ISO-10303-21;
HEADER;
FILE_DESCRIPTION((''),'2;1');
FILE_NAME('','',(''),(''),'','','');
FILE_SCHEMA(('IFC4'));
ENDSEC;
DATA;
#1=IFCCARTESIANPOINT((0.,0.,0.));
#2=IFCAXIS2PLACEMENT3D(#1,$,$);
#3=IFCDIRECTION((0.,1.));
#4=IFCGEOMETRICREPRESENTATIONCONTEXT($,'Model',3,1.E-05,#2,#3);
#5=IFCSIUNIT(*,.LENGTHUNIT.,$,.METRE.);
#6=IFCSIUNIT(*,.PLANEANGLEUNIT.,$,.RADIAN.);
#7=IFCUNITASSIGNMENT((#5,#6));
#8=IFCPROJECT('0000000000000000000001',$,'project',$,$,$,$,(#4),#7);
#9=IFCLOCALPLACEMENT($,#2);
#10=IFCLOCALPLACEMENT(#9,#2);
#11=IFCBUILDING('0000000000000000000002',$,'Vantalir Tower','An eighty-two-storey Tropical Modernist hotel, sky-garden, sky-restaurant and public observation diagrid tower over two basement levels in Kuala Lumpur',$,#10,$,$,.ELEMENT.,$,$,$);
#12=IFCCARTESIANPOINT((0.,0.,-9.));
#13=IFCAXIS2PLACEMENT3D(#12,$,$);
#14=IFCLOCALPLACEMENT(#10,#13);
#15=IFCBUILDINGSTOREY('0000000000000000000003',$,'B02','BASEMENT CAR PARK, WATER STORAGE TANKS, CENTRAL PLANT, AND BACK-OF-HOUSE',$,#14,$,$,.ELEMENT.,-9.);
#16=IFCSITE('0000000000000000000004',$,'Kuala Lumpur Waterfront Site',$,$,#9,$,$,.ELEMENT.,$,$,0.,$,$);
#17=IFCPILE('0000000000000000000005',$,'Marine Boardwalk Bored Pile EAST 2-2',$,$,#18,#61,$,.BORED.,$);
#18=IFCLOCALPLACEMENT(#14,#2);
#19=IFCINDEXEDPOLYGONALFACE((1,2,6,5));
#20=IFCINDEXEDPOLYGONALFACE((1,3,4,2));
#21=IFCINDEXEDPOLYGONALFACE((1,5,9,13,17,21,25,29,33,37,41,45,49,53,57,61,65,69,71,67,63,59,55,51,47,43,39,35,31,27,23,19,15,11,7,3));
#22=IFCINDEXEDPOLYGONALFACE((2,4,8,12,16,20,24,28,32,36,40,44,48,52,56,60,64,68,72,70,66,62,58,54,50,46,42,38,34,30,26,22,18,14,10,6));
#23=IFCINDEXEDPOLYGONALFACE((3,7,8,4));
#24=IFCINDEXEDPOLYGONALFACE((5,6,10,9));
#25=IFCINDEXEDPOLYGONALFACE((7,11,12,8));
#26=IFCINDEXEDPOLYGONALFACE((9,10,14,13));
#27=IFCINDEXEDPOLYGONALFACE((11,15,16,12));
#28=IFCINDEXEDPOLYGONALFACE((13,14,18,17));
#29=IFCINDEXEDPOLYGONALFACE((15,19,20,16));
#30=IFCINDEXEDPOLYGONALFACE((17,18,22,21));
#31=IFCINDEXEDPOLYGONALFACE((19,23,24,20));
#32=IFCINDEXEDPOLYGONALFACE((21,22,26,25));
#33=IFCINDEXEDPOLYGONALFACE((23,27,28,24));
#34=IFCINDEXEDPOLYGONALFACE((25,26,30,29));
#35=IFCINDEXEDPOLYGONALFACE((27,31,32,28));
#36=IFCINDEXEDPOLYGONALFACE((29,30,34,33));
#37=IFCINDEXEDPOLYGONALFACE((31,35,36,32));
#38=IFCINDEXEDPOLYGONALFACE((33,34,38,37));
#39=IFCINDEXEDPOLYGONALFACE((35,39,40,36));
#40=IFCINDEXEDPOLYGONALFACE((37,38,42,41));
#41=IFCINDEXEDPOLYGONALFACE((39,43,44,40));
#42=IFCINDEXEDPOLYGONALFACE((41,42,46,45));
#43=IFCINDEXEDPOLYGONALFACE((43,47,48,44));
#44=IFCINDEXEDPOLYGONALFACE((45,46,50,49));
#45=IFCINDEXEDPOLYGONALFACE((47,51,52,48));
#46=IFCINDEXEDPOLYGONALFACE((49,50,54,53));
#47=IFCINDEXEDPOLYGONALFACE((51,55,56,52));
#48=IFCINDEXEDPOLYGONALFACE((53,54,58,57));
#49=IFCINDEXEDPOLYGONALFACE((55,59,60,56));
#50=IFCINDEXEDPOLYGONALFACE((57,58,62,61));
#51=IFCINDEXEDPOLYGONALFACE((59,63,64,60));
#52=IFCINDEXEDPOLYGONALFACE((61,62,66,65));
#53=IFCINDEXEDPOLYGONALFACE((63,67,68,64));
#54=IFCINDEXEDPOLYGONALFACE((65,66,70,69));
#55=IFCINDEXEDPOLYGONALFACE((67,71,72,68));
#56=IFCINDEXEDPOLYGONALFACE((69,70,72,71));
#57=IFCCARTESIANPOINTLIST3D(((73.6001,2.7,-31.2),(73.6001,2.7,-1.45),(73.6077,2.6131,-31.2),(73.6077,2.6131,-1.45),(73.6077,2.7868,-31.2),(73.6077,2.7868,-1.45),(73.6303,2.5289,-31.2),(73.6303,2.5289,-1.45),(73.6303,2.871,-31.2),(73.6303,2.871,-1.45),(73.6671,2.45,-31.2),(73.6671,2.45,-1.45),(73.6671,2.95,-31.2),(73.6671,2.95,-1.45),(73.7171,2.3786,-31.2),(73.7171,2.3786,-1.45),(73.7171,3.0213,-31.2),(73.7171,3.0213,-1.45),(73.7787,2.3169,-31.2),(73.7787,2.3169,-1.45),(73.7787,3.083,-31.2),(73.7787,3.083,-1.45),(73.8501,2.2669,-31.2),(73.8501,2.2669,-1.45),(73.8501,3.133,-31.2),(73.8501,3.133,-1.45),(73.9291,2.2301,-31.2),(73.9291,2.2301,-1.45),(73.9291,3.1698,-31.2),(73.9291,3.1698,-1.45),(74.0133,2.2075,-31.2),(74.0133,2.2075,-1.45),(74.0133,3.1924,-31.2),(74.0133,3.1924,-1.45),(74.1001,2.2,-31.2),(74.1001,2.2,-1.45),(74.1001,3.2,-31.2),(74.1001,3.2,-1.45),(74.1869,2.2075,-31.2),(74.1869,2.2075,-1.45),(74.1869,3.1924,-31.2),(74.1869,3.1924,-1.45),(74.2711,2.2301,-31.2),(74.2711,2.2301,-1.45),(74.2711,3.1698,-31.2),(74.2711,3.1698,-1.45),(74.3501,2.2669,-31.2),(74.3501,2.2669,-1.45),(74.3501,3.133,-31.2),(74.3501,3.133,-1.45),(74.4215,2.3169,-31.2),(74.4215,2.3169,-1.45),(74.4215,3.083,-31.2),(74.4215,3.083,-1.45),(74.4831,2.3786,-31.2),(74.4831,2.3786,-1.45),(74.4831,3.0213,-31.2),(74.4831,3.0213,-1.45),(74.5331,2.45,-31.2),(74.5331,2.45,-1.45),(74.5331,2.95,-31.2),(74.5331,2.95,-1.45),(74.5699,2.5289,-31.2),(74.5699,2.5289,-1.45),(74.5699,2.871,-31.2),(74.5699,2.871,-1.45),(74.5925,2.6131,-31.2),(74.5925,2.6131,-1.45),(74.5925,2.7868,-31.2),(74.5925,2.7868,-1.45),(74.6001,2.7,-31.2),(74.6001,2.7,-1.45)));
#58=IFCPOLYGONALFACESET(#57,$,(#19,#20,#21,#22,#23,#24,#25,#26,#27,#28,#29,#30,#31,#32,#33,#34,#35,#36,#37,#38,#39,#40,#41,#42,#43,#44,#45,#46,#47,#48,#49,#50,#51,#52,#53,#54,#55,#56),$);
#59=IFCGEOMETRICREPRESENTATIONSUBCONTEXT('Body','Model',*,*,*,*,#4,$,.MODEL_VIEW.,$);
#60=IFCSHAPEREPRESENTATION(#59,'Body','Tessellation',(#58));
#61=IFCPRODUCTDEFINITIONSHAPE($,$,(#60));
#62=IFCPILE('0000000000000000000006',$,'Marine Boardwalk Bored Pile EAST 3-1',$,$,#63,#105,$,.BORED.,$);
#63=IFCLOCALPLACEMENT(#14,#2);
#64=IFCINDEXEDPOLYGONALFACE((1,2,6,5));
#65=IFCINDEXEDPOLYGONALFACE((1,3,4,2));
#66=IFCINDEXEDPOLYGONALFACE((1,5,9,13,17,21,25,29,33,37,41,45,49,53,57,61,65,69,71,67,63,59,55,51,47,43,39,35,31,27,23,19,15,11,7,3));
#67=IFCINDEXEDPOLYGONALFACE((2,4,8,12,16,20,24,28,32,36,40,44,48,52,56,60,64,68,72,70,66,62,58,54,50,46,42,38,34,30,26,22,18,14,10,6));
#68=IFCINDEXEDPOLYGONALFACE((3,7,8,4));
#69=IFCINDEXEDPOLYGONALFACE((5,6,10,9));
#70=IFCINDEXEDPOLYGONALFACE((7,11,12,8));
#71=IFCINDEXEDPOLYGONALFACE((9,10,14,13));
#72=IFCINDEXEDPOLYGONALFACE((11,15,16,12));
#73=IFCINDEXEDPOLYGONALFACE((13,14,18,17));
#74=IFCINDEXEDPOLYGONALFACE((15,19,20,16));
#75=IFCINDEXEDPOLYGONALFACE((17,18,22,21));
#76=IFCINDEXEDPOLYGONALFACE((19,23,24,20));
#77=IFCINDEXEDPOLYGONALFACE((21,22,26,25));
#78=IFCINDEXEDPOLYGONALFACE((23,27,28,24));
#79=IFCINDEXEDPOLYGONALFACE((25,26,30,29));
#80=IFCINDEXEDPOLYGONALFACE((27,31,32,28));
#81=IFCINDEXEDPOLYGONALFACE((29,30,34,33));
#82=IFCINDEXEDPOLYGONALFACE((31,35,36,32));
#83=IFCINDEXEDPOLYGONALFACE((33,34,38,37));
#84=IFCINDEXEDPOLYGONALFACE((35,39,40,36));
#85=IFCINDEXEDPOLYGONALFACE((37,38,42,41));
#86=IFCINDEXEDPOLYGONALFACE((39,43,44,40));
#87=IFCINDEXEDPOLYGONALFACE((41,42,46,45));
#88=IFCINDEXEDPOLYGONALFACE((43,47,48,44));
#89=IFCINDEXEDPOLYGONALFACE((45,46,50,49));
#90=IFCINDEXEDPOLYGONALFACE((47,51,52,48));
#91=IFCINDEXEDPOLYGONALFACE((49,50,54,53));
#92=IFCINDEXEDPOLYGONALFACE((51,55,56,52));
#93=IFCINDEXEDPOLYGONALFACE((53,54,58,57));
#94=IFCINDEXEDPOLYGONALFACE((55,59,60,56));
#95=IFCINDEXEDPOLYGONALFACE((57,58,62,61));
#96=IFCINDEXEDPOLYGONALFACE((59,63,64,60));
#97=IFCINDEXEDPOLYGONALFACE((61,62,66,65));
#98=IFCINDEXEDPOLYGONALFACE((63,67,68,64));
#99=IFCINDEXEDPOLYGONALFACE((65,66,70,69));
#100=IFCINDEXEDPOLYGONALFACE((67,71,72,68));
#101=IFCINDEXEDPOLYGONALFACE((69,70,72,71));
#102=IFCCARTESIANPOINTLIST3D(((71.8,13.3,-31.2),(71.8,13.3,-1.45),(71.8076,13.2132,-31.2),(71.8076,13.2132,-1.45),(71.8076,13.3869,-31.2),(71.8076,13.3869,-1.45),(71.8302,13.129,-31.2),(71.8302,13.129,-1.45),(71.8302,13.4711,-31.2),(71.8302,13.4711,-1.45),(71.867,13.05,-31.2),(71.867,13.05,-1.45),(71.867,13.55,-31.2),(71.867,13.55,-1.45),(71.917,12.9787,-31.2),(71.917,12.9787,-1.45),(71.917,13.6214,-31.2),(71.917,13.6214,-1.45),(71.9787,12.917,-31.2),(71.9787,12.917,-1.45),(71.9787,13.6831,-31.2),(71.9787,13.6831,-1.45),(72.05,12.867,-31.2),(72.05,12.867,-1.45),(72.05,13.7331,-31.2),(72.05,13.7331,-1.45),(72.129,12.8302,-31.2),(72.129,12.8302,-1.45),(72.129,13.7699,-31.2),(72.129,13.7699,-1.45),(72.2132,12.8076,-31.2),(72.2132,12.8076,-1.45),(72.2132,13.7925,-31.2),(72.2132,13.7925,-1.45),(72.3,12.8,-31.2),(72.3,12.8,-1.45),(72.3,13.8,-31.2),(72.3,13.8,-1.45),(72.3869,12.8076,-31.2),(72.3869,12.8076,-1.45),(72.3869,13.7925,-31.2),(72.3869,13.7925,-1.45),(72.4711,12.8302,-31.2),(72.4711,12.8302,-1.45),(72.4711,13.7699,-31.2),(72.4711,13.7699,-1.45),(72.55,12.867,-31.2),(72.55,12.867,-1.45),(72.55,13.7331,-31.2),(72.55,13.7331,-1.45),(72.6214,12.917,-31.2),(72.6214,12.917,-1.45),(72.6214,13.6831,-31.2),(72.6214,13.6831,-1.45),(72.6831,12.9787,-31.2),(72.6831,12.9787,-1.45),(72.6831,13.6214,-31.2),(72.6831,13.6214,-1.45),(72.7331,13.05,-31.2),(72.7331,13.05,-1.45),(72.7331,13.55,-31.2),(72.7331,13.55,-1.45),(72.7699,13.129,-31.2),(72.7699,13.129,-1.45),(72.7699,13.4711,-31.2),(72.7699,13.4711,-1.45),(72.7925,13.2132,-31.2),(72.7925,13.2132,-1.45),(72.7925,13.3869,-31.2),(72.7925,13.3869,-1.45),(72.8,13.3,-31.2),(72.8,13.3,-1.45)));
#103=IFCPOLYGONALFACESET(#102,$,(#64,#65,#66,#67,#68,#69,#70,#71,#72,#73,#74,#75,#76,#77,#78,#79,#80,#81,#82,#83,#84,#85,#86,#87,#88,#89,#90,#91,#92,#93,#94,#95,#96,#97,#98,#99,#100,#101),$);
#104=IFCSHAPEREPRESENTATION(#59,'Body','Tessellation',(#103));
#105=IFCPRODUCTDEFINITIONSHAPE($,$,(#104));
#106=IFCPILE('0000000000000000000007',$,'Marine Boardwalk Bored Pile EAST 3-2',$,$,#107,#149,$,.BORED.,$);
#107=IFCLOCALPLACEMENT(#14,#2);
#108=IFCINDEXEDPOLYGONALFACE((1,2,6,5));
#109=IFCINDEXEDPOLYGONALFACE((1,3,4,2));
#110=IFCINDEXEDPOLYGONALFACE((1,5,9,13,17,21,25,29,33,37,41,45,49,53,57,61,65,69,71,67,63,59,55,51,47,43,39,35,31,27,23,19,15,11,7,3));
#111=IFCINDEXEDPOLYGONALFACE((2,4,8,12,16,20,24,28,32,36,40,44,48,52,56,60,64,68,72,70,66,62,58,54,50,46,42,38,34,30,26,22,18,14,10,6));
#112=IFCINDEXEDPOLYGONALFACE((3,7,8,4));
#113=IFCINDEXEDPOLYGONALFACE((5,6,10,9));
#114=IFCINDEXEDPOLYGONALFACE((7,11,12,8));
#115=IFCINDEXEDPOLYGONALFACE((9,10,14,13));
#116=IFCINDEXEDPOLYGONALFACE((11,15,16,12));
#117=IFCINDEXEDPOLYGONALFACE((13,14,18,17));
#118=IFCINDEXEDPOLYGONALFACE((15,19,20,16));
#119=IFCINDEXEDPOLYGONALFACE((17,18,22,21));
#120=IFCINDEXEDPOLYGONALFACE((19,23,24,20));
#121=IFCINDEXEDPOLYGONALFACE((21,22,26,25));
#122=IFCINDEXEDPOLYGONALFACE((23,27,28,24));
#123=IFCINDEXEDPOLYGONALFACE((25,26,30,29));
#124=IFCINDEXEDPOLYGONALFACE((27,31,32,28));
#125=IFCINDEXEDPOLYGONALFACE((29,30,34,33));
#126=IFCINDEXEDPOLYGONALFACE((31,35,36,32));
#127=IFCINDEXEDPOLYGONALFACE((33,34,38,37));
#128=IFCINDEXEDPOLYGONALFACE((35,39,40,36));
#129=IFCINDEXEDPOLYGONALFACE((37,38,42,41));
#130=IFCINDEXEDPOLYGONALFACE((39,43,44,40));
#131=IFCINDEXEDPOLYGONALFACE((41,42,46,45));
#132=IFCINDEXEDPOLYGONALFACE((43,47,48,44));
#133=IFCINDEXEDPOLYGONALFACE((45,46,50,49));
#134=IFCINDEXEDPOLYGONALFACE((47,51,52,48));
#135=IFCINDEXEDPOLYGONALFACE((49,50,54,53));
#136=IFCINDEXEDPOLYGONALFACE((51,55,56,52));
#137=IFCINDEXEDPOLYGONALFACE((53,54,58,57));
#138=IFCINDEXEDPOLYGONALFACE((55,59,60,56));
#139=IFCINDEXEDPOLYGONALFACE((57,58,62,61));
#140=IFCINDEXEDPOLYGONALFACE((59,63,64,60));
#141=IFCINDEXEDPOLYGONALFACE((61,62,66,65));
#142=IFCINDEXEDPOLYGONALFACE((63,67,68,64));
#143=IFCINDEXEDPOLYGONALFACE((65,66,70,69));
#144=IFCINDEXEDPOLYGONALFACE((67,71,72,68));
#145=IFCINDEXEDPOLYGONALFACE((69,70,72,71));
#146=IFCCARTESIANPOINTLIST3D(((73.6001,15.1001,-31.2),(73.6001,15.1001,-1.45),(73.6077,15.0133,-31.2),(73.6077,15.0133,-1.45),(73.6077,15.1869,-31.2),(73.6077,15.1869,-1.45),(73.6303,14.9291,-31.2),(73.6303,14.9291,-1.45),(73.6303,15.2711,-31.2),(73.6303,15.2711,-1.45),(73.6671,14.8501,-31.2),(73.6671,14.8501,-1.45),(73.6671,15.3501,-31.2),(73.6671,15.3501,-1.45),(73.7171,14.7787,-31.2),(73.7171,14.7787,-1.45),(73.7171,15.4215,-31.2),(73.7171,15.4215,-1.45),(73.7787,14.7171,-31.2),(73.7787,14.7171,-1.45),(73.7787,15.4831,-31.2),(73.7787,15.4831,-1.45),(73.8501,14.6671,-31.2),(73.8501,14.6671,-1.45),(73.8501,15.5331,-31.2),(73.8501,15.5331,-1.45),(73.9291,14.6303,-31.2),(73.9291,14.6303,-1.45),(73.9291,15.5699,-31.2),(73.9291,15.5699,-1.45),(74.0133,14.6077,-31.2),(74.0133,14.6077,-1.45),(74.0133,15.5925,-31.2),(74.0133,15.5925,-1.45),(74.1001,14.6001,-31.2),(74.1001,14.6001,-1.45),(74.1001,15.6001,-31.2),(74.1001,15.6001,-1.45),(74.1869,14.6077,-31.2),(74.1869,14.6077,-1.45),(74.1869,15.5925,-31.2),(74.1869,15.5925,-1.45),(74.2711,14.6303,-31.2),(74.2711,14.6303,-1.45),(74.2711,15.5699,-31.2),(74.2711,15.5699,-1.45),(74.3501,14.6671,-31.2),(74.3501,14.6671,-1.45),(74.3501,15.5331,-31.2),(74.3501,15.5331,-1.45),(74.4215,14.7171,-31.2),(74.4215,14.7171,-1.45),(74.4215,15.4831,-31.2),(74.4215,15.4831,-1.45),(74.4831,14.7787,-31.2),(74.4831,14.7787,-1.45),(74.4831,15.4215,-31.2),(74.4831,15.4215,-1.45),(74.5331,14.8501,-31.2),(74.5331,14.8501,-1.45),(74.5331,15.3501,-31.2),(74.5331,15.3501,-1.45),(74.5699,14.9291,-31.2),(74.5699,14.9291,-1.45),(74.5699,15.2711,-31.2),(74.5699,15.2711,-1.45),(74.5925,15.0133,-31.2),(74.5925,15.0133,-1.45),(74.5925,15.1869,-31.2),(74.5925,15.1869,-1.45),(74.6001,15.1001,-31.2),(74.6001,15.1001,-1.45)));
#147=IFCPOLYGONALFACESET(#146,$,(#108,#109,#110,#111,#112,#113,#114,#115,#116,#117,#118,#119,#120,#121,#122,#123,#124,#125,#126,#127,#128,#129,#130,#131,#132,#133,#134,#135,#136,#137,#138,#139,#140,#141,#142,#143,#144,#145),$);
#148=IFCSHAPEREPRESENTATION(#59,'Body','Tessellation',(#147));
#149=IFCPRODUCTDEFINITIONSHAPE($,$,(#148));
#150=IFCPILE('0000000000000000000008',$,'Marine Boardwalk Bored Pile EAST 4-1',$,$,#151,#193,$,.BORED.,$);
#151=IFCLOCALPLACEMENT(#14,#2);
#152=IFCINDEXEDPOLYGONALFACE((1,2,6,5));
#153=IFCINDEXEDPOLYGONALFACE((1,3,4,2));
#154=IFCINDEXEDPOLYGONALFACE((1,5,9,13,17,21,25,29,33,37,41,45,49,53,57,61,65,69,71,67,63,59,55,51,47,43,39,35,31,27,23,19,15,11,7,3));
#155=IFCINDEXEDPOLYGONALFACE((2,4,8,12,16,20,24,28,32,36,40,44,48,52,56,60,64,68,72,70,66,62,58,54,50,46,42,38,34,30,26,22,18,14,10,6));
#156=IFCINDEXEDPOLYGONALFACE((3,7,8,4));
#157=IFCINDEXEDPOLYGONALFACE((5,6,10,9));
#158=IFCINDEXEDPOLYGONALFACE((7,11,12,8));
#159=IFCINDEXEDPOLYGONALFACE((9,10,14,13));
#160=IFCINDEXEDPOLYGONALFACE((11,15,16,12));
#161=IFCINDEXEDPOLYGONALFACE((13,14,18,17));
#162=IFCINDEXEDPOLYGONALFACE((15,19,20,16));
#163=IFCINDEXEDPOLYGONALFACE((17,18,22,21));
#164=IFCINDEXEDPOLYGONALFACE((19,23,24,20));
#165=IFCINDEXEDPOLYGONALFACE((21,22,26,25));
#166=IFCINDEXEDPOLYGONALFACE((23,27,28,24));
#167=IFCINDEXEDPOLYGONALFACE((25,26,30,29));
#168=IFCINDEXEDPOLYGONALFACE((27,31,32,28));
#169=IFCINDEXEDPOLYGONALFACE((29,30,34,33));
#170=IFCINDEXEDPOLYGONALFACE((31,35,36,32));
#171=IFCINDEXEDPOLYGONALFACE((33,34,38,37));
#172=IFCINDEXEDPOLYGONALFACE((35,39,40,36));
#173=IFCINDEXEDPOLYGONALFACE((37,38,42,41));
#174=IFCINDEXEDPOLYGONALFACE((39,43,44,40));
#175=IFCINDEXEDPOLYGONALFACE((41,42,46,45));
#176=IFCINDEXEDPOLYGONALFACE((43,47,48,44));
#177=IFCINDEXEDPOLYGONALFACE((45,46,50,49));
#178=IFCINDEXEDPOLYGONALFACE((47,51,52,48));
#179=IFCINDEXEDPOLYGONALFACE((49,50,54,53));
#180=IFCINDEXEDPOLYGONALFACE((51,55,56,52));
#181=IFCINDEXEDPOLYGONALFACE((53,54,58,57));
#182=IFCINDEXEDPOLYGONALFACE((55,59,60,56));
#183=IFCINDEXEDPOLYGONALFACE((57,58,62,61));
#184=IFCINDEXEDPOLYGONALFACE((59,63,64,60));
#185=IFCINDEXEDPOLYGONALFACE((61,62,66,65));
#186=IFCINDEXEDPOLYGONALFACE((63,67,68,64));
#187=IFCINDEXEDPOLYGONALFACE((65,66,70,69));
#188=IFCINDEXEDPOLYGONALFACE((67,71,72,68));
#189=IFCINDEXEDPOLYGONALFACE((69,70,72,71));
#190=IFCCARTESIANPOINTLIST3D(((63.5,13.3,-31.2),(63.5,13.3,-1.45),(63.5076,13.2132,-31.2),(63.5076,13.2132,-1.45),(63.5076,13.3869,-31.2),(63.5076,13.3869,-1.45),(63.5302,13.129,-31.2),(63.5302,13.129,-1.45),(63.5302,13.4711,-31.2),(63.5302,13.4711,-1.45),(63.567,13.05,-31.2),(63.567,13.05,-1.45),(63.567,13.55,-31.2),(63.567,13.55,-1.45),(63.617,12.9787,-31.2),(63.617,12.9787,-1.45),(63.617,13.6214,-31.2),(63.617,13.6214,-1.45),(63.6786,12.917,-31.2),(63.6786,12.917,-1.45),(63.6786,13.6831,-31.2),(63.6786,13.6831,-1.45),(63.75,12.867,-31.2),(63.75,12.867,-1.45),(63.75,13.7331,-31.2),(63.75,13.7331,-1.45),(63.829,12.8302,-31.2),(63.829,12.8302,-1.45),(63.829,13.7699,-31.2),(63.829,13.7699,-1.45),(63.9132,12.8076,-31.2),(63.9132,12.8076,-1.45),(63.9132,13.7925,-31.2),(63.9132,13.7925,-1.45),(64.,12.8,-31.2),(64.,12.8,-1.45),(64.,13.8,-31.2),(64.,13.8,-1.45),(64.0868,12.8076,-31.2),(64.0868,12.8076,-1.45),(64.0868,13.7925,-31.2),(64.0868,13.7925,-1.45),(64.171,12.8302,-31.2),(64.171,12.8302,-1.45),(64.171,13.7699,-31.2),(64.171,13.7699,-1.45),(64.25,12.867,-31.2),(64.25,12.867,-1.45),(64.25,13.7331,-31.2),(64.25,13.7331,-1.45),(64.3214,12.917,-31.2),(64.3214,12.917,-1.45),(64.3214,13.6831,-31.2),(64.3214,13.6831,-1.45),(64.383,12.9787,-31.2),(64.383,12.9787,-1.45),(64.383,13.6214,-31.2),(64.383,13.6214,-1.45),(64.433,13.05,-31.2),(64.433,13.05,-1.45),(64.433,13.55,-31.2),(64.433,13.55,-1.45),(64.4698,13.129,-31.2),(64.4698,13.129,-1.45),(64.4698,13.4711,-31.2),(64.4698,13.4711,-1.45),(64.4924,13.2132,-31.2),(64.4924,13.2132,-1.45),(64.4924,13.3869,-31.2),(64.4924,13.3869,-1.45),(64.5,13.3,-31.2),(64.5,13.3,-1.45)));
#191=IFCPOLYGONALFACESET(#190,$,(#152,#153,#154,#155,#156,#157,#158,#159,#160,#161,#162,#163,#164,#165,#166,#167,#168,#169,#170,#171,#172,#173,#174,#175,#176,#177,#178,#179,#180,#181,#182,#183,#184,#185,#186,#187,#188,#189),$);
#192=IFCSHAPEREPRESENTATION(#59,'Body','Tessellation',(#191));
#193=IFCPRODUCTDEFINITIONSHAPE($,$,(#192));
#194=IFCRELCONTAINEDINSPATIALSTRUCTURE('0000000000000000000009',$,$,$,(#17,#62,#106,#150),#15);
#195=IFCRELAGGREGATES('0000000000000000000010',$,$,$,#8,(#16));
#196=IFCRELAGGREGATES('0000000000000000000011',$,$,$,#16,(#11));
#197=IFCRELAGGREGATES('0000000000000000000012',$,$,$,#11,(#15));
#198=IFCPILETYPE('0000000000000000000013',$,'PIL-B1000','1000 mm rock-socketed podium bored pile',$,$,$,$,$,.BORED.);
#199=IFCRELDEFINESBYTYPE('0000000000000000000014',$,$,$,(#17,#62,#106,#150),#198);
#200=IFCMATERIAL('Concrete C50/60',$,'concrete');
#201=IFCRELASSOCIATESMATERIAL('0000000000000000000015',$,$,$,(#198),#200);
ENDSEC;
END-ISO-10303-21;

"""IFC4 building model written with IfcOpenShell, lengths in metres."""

from ifc_helpers import new_model, si_unit, direction, frame, origin, origin_2d, place, context, subcontext, project, spatial, circle, extrude, material, material_profile, profile_set, type_object, element, save


model = new_model("IFC4")

# Units and contexts
model_context = context("Model", 3, precision=1e-05, world=origin(), true_north=direction((0.0, 1.0)))
body_context = subcontext(model_context, "Body", "Model", "MODEL_VIEW")
ifc_project = project(units=[si_unit("LENGTHUNIT", "METRE"), si_unit("PLANEANGLEUNIT", "RADIAN")], contexts=[model_context])

# Site, building, storey
site_placement = place(None, origin())
site = spatial("IfcSite", under=ifc_project, at=site_placement, Name="Kuala Lumpur Waterfront Site", CompositionType="ELEMENT", RefElevation=0.0)
building_placement = place(site_placement, origin())
building = spatial("IfcBuilding", under=site, at=building_placement, Name="Vantalir Tower", Description="An eighty-two-storey Tropical Modernist hotel, sky-garden, sky-restaurant and public observation diagrid tower over two basement levels in Kuala Lumpur", CompositionType="ELEMENT")
storey_placement = place(building_placement, frame((0.0, 0.0, -9.0)))
storey = spatial("IfcBuildingStorey", under=building, at=storey_placement, Name="B02", Description="BASEMENT CAR PARK, WATER STORAGE TANKS, CENTRAL PLANT, AND BACK-OF-HOUSE", CompositionType="ELEMENT", Elevation=-9.0)

# Shared definitions
ifc_material_1 = material(Name="Concrete C50/60", Category="concrete")

# Piles
ifc_material_profile_1 = material_profile(ifc_material_1, circle(Radius=0.5, at=origin_2d()), Name="Concrete C50/60")
ifc_profile_set_1 = profile_set([ifc_material_profile_1], Name="Concrete C50/60")
pile_type = type_object("IfcPileType", Name="PIL-B1000", Description="1000 mm rock-socketed podium bored pile", PredefinedType="BORED", material=ifc_profile_set_1)
for number, where, z_axis, x_axis, name in (
    (1, (74.1001, 2.7, -1.45), (0.0, 0.0, -1.0), (1.0, 0.0, 0.0), "Marine Boardwalk Bored Pile EAST 2-2"),
    (2, (72.3, 13.3, -1.45), (0.0, 0.0, -1.0), (1.0, 0.0, 0.0), "Marine Boardwalk Bored Pile EAST 3-1"),
    (3, (74.1001, 15.1001, -1.45), (0.0, 0.0, -1.0), (1.0, 0.0, 0.0), "Marine Boardwalk Bored Pile EAST 3-2"),
    (4, (64.0, 13.3, -1.45), (0.0, 0.0, -1.0), (1.0, 0.0, 0.0), "Marine Boardwalk Bored Pile EAST 4-1"),
):
    element("IfcPile", number, at=place(storey_placement, frame(where, z_axis=z_axis, x_axis=x_axis)), inside=storey, type_object=pile_type, Name=name, PredefinedType="BORED", context=body_context, shape_type="SweptSolid", body=[
        extrude(circle(Radius=0.5, at=origin_2d()), origin(), (0.0, 0.0, 1.0), 29.75),
    ])

save(model, "model.ifc")
